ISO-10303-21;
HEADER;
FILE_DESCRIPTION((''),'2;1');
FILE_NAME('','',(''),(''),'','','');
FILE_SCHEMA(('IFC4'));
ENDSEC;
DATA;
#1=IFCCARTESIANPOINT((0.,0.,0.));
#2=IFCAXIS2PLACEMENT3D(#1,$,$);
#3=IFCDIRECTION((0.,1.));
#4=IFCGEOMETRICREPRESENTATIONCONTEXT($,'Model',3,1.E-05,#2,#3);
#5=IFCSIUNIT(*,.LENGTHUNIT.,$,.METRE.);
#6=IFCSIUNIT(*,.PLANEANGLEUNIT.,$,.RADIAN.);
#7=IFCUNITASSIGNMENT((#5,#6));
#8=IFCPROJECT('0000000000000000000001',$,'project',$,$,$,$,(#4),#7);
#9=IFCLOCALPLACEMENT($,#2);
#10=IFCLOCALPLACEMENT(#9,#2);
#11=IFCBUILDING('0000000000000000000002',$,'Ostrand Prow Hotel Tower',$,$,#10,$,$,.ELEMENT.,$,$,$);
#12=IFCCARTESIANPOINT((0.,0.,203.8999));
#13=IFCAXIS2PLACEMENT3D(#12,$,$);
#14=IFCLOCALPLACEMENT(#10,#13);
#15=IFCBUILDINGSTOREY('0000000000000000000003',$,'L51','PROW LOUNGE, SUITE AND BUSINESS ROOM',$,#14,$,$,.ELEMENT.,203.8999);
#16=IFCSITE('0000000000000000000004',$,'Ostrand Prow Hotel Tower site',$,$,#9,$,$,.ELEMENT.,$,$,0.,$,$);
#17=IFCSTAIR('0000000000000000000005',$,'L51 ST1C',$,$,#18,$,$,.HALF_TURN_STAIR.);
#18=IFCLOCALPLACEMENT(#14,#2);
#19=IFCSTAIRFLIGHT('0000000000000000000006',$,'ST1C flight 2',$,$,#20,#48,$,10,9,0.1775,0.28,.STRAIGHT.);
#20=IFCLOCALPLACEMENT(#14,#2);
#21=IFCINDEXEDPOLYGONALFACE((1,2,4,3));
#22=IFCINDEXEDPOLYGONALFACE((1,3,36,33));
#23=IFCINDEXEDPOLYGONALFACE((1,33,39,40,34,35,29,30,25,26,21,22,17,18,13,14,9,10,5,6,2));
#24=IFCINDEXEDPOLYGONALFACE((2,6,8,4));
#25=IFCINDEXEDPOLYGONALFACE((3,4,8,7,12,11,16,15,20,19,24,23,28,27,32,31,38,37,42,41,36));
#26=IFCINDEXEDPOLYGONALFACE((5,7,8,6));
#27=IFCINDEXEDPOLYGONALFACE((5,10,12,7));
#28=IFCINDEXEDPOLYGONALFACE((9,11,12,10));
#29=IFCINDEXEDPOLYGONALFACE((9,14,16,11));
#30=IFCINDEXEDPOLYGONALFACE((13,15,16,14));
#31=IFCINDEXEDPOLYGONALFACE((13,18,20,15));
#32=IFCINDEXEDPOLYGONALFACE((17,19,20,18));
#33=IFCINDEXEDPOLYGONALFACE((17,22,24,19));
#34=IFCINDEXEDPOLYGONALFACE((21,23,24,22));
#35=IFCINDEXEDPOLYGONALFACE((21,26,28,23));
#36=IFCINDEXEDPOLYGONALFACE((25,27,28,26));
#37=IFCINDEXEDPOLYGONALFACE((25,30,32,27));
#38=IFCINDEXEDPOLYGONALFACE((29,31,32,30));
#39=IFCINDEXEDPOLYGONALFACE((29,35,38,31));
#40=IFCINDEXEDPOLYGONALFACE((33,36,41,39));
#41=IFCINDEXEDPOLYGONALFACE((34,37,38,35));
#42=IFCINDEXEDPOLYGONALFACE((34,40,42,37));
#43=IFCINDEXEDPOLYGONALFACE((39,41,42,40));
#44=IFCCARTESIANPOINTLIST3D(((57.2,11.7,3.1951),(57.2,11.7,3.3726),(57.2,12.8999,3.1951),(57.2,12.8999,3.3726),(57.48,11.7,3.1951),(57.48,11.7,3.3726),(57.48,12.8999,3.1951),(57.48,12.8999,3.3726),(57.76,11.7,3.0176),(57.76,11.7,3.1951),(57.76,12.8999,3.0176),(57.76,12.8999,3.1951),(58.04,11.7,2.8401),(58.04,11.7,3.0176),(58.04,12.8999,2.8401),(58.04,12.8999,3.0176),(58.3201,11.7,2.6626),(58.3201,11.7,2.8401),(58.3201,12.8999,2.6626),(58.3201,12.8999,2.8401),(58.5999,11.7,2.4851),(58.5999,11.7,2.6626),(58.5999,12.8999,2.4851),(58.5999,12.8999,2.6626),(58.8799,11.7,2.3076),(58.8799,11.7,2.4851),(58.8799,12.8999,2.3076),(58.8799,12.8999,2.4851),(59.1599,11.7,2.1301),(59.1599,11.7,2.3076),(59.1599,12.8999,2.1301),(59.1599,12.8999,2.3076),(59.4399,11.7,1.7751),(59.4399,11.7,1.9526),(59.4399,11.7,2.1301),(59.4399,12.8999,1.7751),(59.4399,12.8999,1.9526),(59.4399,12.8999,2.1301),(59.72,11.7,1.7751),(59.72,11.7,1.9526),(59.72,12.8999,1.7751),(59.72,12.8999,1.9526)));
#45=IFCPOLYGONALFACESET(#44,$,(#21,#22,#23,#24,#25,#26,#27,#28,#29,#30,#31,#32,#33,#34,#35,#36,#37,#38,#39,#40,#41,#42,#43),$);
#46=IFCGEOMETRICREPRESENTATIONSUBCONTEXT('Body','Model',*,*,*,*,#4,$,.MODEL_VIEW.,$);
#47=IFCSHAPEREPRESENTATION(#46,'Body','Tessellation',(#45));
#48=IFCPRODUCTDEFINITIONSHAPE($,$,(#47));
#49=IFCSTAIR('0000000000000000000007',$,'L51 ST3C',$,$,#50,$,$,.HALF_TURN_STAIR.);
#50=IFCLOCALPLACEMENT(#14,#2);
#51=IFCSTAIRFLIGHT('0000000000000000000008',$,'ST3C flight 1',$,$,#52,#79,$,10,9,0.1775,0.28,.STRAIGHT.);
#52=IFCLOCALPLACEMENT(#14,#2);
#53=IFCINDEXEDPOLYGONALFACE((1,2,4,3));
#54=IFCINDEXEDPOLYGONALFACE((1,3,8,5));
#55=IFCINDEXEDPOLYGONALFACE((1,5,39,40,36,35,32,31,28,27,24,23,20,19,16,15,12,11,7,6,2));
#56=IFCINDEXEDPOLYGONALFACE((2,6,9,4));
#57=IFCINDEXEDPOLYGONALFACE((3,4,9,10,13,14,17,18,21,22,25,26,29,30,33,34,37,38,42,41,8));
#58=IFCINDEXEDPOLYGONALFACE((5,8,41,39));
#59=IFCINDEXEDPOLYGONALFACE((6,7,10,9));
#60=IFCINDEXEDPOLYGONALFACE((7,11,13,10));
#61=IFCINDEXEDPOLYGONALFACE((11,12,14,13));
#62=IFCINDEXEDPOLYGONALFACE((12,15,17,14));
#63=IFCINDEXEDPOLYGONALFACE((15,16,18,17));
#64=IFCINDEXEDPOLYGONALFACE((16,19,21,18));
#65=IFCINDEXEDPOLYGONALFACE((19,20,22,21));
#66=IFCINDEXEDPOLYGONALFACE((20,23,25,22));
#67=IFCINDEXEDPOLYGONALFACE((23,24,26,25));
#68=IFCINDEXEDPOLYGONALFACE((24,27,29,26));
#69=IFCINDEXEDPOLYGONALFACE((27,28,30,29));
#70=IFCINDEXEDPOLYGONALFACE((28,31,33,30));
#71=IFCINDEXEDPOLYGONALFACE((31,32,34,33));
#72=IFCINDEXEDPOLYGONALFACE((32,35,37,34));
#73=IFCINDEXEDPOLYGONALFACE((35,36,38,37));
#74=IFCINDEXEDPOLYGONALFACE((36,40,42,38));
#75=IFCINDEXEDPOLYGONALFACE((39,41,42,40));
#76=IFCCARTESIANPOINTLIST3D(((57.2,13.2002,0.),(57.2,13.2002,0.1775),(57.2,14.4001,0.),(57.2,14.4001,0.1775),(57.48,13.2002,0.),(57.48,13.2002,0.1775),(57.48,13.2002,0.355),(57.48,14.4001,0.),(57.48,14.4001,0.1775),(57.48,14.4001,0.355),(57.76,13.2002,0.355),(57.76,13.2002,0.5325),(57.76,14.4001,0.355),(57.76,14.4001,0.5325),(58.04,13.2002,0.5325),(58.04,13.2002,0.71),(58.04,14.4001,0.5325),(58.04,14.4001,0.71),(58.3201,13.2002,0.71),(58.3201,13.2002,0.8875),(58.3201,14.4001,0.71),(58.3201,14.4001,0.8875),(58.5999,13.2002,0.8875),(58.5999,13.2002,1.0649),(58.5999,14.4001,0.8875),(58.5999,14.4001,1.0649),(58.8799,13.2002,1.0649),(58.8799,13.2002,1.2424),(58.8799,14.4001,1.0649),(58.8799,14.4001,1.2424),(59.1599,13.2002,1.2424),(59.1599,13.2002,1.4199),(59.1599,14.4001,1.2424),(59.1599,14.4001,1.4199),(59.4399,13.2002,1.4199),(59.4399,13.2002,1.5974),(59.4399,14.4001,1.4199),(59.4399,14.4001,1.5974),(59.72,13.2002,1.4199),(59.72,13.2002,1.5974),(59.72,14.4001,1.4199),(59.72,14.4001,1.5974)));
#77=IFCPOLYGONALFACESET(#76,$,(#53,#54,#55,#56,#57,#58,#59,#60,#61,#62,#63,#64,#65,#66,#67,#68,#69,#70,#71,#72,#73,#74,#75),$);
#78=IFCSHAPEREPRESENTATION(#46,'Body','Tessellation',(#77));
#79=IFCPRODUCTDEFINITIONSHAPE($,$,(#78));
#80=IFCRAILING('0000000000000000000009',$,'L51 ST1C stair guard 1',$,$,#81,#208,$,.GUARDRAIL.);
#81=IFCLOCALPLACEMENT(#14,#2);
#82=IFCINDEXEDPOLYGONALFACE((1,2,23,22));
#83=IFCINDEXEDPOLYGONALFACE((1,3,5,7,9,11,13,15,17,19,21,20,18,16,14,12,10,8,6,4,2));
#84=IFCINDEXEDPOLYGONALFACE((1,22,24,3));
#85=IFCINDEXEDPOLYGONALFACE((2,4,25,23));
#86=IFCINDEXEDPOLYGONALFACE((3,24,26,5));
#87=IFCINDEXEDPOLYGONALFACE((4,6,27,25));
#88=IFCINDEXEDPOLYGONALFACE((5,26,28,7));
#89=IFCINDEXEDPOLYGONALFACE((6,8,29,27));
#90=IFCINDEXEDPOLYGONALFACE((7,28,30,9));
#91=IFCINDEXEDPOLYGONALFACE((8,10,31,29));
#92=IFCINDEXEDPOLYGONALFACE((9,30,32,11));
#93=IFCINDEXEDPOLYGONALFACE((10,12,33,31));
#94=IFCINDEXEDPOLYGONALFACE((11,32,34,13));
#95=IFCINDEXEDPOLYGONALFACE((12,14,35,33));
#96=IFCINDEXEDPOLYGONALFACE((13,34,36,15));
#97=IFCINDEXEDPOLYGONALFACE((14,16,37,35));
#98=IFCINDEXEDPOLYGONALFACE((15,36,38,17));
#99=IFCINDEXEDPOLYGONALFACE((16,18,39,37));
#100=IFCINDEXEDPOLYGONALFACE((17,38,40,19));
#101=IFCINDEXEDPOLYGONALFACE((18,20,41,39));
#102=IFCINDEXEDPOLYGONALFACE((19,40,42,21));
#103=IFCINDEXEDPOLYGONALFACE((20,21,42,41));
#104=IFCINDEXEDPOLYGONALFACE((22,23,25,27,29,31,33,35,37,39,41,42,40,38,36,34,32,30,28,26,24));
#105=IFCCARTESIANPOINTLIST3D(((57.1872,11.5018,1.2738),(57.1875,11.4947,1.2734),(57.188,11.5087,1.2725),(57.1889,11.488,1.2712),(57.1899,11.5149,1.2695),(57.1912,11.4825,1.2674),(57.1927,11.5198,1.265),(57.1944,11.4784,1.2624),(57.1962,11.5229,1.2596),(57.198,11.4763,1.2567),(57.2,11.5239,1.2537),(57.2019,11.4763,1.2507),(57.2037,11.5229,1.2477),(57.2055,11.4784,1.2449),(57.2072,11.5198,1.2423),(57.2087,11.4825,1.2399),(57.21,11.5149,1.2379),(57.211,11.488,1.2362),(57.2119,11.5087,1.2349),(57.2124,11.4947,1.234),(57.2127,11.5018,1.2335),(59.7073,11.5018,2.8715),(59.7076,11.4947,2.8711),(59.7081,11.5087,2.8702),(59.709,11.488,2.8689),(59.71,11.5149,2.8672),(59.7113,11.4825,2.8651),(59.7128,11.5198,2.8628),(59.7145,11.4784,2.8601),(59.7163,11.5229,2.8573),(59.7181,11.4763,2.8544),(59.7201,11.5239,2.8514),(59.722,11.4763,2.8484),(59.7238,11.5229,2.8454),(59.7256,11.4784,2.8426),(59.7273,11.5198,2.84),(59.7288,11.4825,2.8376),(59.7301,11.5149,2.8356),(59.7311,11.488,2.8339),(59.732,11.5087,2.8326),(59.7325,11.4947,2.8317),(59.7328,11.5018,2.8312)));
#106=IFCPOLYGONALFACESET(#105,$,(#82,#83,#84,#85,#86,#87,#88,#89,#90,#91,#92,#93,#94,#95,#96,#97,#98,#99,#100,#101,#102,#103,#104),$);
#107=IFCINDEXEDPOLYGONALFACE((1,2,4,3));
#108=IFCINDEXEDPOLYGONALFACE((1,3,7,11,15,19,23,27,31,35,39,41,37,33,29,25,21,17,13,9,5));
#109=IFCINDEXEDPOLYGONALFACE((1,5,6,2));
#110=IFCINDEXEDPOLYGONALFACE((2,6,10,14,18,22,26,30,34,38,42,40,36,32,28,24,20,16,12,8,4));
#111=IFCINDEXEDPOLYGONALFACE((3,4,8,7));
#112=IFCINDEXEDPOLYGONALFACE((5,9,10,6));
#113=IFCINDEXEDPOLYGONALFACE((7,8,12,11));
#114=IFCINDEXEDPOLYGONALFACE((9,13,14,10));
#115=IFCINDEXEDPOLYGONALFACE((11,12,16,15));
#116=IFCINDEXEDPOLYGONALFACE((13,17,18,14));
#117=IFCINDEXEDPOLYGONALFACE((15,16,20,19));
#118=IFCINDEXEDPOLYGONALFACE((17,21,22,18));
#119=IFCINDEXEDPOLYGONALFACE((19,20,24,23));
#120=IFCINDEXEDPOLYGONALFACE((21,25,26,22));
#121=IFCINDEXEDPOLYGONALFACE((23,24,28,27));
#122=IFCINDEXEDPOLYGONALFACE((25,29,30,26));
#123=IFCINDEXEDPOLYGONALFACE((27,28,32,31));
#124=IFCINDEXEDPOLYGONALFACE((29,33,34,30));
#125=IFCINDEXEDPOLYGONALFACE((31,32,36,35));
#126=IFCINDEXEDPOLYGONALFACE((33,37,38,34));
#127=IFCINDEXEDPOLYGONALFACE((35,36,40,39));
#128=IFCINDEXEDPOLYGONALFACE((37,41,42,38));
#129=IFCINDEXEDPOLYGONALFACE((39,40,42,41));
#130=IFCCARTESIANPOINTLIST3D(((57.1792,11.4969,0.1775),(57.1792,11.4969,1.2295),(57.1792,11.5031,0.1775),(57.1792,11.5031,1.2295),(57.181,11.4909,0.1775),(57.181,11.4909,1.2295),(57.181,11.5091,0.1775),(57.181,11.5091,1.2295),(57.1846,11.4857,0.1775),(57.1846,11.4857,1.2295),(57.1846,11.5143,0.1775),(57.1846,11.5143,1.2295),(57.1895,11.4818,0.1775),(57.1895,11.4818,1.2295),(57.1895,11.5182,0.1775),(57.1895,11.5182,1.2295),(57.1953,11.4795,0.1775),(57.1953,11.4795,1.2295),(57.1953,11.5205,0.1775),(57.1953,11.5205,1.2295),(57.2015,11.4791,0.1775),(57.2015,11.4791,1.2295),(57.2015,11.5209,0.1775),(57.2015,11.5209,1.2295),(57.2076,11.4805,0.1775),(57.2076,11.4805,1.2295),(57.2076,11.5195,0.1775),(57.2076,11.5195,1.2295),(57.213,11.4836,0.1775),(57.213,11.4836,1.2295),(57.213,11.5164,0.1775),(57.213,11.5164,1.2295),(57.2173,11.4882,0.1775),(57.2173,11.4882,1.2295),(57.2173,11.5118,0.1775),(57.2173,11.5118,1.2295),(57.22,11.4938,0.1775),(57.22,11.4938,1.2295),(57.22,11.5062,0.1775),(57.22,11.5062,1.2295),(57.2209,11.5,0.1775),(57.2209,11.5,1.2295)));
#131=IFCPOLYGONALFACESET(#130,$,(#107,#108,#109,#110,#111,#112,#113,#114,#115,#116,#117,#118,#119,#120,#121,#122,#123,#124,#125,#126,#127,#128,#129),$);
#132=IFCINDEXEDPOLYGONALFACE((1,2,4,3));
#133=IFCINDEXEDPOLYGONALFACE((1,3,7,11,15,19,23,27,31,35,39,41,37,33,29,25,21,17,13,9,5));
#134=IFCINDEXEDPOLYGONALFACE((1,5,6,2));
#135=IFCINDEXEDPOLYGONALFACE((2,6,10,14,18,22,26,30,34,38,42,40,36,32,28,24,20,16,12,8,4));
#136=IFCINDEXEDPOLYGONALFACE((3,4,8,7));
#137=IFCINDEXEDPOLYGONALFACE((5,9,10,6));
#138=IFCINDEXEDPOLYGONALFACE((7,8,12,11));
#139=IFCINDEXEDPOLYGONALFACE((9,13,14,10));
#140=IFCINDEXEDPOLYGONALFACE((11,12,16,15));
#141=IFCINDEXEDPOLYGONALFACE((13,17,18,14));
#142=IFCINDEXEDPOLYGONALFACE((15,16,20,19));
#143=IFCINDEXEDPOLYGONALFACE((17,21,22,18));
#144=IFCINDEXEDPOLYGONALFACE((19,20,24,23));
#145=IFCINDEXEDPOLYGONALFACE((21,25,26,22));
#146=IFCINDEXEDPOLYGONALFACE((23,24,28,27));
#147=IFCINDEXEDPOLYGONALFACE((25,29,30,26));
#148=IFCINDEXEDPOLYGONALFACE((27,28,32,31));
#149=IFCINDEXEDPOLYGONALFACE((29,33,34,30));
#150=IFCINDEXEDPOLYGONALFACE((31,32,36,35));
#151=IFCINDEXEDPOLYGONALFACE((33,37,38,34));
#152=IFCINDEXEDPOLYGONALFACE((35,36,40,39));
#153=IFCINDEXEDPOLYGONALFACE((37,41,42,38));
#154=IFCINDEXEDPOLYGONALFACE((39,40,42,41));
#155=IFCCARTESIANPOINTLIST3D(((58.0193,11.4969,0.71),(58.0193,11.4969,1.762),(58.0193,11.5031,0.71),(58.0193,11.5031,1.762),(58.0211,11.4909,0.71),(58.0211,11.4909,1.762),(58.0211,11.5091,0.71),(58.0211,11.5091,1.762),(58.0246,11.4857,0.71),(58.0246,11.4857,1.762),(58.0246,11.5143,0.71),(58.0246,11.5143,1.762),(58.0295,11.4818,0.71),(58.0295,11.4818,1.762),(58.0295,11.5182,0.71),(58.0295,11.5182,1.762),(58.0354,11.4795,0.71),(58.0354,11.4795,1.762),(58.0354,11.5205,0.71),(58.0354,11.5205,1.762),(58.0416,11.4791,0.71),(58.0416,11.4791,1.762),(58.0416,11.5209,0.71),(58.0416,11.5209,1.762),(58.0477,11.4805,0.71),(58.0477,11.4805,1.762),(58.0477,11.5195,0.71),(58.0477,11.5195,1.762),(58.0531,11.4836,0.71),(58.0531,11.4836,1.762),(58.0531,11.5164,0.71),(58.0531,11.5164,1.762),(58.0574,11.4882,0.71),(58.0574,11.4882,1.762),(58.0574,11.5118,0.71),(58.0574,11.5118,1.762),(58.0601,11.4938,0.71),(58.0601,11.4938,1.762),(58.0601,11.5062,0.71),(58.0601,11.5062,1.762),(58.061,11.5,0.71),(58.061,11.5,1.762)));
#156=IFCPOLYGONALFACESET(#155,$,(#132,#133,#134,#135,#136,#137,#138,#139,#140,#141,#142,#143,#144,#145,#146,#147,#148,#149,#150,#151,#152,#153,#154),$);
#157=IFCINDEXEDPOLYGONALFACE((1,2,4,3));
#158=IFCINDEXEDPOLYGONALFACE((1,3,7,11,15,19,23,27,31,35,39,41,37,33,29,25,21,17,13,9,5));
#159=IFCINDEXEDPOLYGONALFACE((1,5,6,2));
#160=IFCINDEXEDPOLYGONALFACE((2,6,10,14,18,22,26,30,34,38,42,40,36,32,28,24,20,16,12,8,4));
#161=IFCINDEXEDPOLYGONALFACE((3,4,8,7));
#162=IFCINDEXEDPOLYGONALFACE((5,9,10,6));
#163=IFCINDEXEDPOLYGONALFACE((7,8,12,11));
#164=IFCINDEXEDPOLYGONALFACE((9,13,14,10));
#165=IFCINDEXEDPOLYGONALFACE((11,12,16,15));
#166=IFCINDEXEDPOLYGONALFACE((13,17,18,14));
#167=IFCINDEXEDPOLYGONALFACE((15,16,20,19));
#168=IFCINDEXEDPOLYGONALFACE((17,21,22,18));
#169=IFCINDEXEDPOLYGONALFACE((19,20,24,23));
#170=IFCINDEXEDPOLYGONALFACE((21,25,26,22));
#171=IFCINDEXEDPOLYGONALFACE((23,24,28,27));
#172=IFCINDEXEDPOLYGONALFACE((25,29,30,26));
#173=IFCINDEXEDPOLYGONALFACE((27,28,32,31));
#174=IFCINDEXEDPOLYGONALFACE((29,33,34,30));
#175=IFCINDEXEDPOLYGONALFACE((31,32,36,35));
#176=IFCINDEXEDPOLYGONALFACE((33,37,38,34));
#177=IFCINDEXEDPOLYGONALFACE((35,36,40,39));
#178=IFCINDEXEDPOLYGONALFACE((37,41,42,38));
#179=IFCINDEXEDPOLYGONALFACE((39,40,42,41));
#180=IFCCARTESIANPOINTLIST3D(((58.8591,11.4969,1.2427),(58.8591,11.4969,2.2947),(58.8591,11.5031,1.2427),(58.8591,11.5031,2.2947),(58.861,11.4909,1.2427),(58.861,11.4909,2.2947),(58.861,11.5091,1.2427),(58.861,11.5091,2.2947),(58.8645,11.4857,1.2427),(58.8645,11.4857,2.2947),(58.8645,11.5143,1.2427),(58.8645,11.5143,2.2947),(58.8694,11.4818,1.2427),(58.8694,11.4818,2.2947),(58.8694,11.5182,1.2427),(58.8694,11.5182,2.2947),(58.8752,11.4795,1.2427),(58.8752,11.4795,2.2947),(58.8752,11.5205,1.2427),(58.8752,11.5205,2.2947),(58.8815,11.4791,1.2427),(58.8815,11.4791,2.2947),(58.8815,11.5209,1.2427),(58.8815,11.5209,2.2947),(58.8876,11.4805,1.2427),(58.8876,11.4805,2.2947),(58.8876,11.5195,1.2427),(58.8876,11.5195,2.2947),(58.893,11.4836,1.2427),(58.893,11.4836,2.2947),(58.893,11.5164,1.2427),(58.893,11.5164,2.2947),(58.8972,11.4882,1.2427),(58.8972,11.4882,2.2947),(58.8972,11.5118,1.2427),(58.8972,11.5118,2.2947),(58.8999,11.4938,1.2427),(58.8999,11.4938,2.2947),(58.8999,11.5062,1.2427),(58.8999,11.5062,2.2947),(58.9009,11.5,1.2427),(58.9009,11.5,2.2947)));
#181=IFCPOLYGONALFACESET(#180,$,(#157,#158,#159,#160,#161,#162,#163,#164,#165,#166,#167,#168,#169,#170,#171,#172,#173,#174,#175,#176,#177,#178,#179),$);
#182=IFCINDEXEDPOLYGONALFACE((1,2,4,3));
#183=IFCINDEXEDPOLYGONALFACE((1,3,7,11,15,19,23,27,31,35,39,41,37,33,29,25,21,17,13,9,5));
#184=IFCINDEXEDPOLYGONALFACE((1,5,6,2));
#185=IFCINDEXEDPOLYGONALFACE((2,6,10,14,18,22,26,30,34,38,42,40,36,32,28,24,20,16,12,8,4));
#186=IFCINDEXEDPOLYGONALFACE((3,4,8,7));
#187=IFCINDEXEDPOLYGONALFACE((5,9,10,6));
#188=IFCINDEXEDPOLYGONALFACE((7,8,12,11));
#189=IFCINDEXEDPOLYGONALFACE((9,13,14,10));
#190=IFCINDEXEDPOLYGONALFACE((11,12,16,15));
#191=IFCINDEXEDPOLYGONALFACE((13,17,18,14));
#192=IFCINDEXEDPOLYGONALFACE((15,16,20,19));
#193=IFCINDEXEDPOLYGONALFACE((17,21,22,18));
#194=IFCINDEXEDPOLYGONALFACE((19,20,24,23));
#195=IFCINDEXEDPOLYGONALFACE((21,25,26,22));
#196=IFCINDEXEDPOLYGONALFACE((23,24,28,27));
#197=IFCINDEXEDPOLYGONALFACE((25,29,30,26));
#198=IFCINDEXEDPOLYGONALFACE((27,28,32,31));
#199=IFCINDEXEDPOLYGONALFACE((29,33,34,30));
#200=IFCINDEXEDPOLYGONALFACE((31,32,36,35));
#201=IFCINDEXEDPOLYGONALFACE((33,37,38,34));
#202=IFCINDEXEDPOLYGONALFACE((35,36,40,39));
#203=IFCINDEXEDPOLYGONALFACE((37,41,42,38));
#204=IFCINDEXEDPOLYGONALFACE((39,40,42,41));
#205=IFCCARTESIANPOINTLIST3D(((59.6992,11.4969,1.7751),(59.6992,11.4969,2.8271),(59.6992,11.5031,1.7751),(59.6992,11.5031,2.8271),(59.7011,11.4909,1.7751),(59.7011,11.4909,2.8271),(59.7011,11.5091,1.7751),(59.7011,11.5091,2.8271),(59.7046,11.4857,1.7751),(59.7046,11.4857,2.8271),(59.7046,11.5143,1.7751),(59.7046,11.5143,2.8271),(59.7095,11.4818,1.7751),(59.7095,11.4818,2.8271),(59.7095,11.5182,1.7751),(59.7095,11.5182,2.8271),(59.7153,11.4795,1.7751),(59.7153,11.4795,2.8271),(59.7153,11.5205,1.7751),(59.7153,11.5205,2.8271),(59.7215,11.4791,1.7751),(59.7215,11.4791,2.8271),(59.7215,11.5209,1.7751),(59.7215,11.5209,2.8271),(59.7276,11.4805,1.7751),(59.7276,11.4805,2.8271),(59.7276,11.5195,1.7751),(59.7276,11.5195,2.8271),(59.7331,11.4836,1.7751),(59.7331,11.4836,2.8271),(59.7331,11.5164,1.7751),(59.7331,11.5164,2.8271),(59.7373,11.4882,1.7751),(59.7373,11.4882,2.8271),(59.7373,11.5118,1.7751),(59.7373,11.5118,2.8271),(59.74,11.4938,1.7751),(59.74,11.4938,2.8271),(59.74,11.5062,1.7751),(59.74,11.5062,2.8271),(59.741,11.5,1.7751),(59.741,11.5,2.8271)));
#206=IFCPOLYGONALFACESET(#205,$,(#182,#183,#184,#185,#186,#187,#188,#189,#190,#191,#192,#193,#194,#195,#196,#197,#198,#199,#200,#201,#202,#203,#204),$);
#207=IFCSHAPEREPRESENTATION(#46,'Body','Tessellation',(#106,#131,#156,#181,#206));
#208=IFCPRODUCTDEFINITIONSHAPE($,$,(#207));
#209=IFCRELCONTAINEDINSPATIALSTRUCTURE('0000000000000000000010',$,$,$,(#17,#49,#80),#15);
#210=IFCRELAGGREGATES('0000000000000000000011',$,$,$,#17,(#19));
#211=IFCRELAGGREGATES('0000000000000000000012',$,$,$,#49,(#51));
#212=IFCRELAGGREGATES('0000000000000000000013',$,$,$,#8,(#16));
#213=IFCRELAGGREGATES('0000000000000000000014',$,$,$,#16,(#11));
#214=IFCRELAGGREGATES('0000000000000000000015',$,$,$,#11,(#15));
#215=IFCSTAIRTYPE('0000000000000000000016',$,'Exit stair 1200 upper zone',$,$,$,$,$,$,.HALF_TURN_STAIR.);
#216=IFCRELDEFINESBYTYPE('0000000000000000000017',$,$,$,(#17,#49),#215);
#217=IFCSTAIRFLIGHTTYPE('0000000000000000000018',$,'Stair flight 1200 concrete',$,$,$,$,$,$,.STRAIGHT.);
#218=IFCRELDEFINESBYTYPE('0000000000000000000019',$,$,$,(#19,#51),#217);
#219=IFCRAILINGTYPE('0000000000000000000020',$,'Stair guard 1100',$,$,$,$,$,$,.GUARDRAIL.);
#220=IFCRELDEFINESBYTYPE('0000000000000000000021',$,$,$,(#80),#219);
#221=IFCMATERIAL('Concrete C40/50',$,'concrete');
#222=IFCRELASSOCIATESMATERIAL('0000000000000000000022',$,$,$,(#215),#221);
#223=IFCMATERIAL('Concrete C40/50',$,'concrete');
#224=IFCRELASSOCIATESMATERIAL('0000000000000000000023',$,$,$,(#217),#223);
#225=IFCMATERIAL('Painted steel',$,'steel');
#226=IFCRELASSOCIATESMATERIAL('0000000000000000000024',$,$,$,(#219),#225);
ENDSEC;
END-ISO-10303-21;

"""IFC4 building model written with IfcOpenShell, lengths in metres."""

from ifc_helpers import new_model, si_unit, direction, frame, origin, origin_2d, place, context, subcontext, project, spatial, polyline, circle, outline, extrude, material, type_object, element, aggregate, save


model = new_model("IFC4")

# Units and contexts
model_context = context("Model", 3, precision=1e-05, world=origin(), true_north=direction((0.0, 1.0)))
body_context = subcontext(model_context, "Body", "Model", "MODEL_VIEW")
ifc_project = project(units=[si_unit("LENGTHUNIT", "METRE"), si_unit("PLANEANGLEUNIT", "RADIAN")], contexts=[model_context])

# Site, building, storey
site_placement = place(None, origin())
site = spatial("IfcSite", under=ifc_project, at=site_placement, Name="Ostrand Prow Hotel Tower site", CompositionType="ELEMENT", RefElevation=0.0)
building_placement = place(site_placement, origin())
building = spatial("IfcBuilding", under=site, at=building_placement, Name="Ostrand Prow Hotel Tower", CompositionType="ELEMENT")
storey_placement = place(building_placement, frame((0.0, 0.0, 203.8999)))
storey = spatial("IfcBuildingStorey", under=building, at=storey_placement, Name="L51", Description="PROW LOUNGE, SUITE AND BUSINESS ROOM", CompositionType="ELEMENT", Elevation=203.8999)

# Stair, stair flight
ifc_material_1 = material(Name="Concrete C40/50", Category="concrete")
stair_type = type_object("IfcStairType", Name="Exit stair 1200 upper zone", PredefinedType="HALF_TURN_STAIR", material=ifc_material_1)
stair_1_placement = place(storey_placement, origin())
stair_1 = element("IfcStair", 1, at=stair_1_placement, inside=storey, type_object=stair_type, Name="L51 ST1C", PredefinedType="HALF_TURN_STAIR")
ifc_material_2 = material(Name="Concrete C40/50", Category="concrete")
stair_flight_type = type_object("IfcStairFlightType", Name="Stair flight 1200 concrete", PredefinedType="STRAIGHT", material=ifc_material_2)
stair_flight_1_placement = place(storey_placement, frame((59.72, 12.3, 1.7751), z_axis=(0.0, 0.0, 1.0), x_axis=(-1.0, 0.0, 0.0)))
stair_flight_1 = element("IfcStairFlight", 2, at=stair_flight_1_placement, type_object=stair_flight_type, Name="ST1C flight 2", NumberOfRisers=10, NumberOfTreads=9, PredefinedType="STRAIGHT", RiserHeight=0.1775, TreadLength=0.28, context=body_context, shape_type="SweptSolid", body=[
    extrude(outline(polyline([(0.0, 0.0), (0.0, 0.1775), (0.28, 0.1775), (0.28, 0.355), (0.5601, 0.355), (0.5601, 0.5325), (0.8401, 0.5325), (0.8401, 0.71), (1.1201, 0.71), (1.1201, 0.8875), (1.3999, 0.8875), (1.3999, 1.0649), (1.6799, 1.0649), (1.6799, 1.2424), (1.96, 1.2424), (1.96, 1.4199), (2.24, 1.4199), (2.24, 1.5974), (2.52, 1.5974), (2.52, 1.7749), (2.52, 1.4199), (0.28, 0.0), (0.0, 0.0)])), frame((0.0, 0.6001, 0.0), z_axis=(0.0, -1.0, 0.0), x_axis=(1.0, 0.0, 0.0)), (0.0, 0.0, 1.0), 1.2),
])
aggregate(stair_1, [stair_flight_1])

# Stair, stair flight
stair_2_placement = place(storey_placement, origin())
stair_2 = element("IfcStair", 3, at=stair_2_placement, inside=storey, type_object=stair_type, Name="L51 ST3C", PredefinedType="HALF_TURN_STAIR")
stair_flight_2_placement = place(storey_placement, frame((57.2, 13.8, 0.0), z_axis=(0.0, 0.0, 1.0), x_axis=(1.0, 0.0, 0.0)))
stair_flight_2 = element("IfcStairFlight", 4, at=stair_flight_2_placement, type_object=stair_flight_type, Name="ST3C flight 1", NumberOfRisers=10, NumberOfTreads=9, PredefinedType="STRAIGHT", RiserHeight=0.1775, TreadLength=0.28, context=body_context, shape_type="SweptSolid", body=[
    extrude(outline(polyline([(0.0, 0.0), (0.0, 0.1775), (0.28, 0.1775), (0.28, 0.355), (0.5601, 0.355), (0.5601, 0.5325), (0.8401, 0.5325), (0.8401, 0.71), (1.1201, 0.71), (1.1201, 0.8875), (1.3999, 0.8875), (1.3999, 1.0649), (1.6799, 1.0649), (1.6799, 1.2424), (1.96, 1.2424), (1.96, 1.4199), (2.24, 1.4199), (2.24, 1.5974), (2.52, 1.5974), (2.52, 1.7749), (2.52, 1.4199), (0.28, 0.0), (0.0, 0.0)])), frame((0.0, 0.6001, 0.0), z_axis=(0.0, -1.0, 0.0), x_axis=(1.0, 0.0, 0.0)), (0.0, 0.0, 1.0), 1.2),
])
aggregate(stair_2, [stair_flight_2])

# Railing
ifc_material_3 = material(Name="Painted steel", Category="steel")
railing_type_1 = type_object("IfcRailingType", Name="Stair guard 1100", PredefinedType="GUARDRAIL", material=ifc_material_3)
railing_1_placement = place(storey_placement, frame((57.2, 11.5, 0.1775)))
element("IfcRailing", 5, at=railing_1_placement, inside=storey, type_object=railing_type_1, Name="L51 ST1C stair guard 1", PredefinedType="GUARDRAIL", context=body_context, shape_type="SweptSolid", body=[
    extrude(circle(Radius=0.0239, at=origin_2d()), frame((0.0, 0.0, 1.0762), z_axis=(0.84457, 0.0, 0.535445), x_axis=(0.0, 1.0, 0.0)), (0.0, 0.0, 1.0), 2.9839),
    extrude(circle(Radius=0.021, at=origin_2d()), origin(), (0.0, 0.0, 1.0), 1.052),
    extrude(circle(Radius=0.021, at=origin_2d()), frame((0.8401, 0.0, 0.5325)), (0.0, 0.0, 1.0), 1.052),
    extrude(circle(Radius=0.021, at=origin_2d()), frame((1.6799, 0.0, 1.0652)), (0.0, 0.0, 1.0), 1.052),
    extrude(circle(Radius=0.021, at=origin_2d()), frame((2.52, 0.0, 1.5977)), (0.0, 0.0, 1.0), 1.052),
])

save(model, "model.ifc")
